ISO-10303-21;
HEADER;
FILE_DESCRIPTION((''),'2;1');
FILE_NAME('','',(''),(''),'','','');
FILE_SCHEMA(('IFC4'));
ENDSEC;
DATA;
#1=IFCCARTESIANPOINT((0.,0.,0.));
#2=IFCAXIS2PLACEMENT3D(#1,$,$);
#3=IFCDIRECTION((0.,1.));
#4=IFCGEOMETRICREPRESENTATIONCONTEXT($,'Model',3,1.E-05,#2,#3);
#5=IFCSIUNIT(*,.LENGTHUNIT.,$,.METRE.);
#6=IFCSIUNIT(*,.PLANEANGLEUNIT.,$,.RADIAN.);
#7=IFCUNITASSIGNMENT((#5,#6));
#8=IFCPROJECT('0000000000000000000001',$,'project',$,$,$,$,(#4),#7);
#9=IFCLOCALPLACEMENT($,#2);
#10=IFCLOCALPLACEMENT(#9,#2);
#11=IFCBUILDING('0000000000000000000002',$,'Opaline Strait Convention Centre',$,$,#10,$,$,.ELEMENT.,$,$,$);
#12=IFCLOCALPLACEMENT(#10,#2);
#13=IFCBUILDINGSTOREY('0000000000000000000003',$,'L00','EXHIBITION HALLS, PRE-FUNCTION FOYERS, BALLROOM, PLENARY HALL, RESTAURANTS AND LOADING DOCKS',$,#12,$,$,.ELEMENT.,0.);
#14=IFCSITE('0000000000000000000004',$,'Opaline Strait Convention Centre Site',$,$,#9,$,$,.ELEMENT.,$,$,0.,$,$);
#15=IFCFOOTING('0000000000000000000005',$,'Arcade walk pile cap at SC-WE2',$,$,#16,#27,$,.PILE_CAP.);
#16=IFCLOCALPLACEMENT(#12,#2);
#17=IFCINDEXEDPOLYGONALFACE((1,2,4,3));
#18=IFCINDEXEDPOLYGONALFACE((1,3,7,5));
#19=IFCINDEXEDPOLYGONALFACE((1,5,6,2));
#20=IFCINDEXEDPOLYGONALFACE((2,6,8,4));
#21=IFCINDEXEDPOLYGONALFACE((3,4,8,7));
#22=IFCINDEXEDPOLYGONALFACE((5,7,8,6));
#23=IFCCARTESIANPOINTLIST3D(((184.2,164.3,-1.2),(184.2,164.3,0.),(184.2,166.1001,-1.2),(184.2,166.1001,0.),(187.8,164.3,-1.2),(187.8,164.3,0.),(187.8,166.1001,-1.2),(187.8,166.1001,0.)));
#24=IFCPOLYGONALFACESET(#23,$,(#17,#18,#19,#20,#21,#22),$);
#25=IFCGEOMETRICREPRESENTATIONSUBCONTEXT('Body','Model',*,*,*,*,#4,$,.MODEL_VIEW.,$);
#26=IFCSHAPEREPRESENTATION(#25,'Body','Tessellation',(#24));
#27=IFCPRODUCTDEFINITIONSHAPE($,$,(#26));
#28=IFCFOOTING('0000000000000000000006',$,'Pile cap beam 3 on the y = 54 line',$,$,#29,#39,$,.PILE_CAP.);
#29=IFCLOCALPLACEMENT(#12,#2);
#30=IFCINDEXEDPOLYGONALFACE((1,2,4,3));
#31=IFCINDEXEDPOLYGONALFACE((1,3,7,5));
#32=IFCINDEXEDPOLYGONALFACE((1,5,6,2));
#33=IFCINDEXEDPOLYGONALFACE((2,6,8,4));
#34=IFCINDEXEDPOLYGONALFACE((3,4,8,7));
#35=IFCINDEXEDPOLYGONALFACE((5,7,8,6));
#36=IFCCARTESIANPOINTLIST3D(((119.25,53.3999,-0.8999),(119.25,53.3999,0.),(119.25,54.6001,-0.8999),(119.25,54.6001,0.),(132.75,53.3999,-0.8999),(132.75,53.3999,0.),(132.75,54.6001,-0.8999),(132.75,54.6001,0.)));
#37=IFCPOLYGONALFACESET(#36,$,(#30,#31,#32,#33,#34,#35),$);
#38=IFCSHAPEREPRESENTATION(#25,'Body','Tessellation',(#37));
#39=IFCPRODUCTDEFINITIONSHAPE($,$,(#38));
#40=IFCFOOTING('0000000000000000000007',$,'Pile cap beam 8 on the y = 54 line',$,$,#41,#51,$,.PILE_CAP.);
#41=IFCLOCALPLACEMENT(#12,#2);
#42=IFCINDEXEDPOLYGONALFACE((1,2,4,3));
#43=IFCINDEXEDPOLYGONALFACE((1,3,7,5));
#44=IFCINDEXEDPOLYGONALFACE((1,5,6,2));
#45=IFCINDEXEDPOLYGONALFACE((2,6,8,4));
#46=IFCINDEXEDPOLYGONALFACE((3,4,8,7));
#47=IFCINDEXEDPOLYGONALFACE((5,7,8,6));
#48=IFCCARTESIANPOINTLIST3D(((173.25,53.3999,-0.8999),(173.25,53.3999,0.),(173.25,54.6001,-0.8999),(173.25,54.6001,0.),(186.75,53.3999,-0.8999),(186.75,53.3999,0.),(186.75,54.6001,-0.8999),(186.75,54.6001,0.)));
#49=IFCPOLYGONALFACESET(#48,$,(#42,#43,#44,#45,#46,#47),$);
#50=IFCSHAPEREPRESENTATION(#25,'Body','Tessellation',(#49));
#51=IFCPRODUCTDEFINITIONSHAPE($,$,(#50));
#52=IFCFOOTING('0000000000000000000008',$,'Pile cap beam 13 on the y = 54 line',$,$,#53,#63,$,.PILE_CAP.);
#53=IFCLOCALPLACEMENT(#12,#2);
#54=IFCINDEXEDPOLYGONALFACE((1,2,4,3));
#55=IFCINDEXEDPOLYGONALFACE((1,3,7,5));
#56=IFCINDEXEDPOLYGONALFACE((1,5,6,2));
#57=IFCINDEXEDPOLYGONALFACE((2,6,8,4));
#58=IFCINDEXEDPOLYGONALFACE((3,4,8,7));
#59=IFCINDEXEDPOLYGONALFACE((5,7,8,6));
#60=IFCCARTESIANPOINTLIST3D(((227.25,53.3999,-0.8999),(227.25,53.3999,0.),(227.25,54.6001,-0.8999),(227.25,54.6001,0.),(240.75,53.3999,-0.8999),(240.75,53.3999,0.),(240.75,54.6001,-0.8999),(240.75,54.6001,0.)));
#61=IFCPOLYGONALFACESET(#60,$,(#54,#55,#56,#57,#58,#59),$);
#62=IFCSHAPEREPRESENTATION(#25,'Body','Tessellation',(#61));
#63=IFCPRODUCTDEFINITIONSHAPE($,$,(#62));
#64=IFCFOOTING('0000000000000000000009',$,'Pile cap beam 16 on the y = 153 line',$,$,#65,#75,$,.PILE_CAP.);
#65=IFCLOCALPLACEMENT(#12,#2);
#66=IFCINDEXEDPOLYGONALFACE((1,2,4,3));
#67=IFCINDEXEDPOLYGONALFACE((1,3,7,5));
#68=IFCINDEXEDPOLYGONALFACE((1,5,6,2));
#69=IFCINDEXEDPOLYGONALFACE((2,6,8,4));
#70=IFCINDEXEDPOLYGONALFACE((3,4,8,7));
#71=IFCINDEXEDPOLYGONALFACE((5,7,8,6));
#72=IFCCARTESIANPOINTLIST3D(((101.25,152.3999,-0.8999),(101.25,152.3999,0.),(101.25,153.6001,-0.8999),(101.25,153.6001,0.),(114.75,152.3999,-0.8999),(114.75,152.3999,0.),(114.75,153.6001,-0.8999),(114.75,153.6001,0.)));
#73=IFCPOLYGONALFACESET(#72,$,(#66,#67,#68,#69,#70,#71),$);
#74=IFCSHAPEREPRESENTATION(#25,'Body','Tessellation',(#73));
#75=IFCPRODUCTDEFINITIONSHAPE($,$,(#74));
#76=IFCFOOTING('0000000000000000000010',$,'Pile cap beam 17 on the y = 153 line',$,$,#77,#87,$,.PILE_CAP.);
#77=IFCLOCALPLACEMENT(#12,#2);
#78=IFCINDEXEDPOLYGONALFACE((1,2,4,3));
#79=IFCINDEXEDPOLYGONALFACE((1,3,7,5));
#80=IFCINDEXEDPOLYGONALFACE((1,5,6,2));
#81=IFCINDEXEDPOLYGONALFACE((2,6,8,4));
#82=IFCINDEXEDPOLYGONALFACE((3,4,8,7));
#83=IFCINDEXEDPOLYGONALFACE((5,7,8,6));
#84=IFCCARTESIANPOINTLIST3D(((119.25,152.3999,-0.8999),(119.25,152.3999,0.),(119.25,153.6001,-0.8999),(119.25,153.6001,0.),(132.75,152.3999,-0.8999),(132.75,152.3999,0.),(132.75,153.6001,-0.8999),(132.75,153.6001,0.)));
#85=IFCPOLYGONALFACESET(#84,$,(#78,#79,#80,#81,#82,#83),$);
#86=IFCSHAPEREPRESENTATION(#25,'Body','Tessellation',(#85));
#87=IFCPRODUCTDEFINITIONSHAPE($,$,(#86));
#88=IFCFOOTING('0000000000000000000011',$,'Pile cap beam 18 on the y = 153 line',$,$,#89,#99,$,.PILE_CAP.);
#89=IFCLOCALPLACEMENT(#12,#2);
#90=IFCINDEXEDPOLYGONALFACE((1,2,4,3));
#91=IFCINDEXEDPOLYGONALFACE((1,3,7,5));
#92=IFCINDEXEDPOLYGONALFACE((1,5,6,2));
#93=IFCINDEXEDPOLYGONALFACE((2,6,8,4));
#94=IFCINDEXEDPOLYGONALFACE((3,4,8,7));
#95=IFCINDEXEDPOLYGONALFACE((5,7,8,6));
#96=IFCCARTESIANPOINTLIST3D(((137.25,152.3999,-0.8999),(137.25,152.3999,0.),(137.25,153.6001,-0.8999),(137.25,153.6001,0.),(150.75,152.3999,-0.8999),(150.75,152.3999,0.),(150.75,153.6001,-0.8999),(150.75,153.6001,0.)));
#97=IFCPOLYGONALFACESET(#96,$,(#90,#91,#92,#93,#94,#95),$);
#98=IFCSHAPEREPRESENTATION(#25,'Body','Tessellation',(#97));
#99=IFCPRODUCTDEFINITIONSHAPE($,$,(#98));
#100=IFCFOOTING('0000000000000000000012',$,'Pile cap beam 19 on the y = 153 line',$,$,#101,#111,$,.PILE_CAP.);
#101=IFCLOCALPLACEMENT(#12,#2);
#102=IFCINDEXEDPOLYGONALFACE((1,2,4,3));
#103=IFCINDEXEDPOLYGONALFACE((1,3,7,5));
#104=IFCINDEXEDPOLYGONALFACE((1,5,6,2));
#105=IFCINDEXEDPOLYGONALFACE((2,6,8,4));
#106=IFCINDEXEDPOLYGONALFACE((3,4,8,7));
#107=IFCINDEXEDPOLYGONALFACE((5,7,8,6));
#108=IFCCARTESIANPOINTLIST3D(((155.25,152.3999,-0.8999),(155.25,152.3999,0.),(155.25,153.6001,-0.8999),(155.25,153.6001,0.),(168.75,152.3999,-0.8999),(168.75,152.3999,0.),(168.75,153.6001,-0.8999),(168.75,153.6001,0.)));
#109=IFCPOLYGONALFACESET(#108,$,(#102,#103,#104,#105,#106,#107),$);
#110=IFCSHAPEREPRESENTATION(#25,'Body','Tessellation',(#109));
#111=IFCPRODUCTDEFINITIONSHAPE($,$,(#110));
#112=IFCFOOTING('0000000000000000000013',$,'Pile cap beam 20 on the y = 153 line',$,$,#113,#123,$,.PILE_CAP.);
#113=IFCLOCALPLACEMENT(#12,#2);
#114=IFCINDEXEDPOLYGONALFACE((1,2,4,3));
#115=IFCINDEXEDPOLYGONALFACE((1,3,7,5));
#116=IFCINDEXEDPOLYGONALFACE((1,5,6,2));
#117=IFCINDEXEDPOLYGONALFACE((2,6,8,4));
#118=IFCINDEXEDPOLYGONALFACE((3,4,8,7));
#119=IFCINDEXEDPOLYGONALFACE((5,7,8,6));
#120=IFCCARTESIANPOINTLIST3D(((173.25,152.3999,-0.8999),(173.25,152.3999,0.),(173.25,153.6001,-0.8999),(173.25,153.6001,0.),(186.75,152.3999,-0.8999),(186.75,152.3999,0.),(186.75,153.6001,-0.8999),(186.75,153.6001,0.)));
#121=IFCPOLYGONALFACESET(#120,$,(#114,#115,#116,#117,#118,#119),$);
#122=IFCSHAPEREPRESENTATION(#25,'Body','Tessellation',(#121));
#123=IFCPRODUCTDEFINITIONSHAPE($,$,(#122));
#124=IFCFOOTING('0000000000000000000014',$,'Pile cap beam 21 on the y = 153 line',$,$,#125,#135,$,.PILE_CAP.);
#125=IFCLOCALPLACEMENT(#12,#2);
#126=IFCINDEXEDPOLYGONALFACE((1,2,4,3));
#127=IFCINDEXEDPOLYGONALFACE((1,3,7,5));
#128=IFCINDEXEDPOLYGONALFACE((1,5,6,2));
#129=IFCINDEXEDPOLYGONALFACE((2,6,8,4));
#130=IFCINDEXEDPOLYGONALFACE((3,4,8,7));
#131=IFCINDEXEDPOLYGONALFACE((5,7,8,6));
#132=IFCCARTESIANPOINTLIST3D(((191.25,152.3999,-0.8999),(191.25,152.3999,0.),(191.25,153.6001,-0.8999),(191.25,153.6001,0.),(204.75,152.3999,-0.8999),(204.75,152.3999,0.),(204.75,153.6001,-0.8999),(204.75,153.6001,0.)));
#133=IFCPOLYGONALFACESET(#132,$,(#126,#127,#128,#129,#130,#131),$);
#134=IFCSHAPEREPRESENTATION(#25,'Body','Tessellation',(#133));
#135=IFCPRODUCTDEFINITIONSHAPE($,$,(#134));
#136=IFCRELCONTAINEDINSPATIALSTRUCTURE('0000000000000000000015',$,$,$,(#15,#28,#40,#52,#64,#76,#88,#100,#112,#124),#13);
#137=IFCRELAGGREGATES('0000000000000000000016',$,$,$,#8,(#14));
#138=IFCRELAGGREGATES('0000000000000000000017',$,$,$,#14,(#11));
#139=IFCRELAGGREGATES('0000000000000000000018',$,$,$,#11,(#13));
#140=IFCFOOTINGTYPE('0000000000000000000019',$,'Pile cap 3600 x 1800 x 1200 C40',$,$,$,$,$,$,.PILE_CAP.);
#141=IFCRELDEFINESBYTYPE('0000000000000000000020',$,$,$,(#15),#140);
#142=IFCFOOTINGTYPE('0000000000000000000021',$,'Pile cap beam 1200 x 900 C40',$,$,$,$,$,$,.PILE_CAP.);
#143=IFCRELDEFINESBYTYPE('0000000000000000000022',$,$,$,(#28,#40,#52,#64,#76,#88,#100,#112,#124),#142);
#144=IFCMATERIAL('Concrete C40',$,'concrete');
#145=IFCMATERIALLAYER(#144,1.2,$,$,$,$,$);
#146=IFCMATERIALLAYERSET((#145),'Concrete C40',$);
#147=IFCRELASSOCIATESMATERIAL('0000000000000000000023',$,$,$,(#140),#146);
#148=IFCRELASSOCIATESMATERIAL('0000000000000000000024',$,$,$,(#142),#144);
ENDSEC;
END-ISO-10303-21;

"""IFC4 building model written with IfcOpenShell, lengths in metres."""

from ifc_helpers import new_model, si_unit, direction, frame, origin, place, context, subcontext, project, spatial, polyline, outline, extrude, material, layer, layer_set, type_object, element, save


model = new_model("IFC4")

# Units and contexts
model_context = context("Model", 3, precision=1e-05, world=origin(), true_north=direction((0.0, 1.0)))
body_context = subcontext(model_context, "Body", "Model", "MODEL_VIEW")
ifc_project = project(units=[si_unit("LENGTHUNIT", "METRE"), si_unit("PLANEANGLEUNIT", "RADIAN")], contexts=[model_context])

# Site, building, storey
site_placement = place(None, origin())
site = spatial("IfcSite", under=ifc_project, at=site_placement, Name="Opaline Strait Convention Centre Site", CompositionType="ELEMENT", RefElevation=0.0)
building_placement = place(site_placement, origin())
building = spatial("IfcBuilding", under=site, at=building_placement, Name="Opaline Strait Convention Centre", CompositionType="ELEMENT")
storey_placement = place(building_placement, origin())
storey = spatial("IfcBuildingStorey", under=building, at=storey_placement, Name="L00", Description="EXHIBITION HALLS, PRE-FUNCTION FOYERS, BALLROOM, PLENARY HALL, RESTAURANTS AND LOADING DOCKS", CompositionType="ELEMENT", Elevation=0.0)

# Footings
ifc_material_1 = material(Name="Concrete C40", Category="concrete")
ifc_layer = layer(ifc_material_1, 1.2)
ifc_layer_set = layer_set([ifc_layer], Name="Concrete C40")
footing_type_1 = type_object("IfcFootingType", Name="Pile cap 3600 x 1800 x 1200 C40", PredefinedType="PILE_CAP", material=ifc_layer_set)
footing_1_placement = place(storey_placement, frame((0.0, 0.0, -1.2)))
element("IfcFooting", 1, at=footing_1_placement, inside=storey, type_object=footing_type_1, Name="Arcade walk pile cap at SC-WE2", PredefinedType="PILE_CAP", context=body_context, shape_type="SweptSolid", body=[
    extrude(outline(polyline([(184.2, 164.3), (187.8, 164.3), (187.8, 166.1001), (184.2, 166.1001), (184.2, 164.3)])), origin(), (0.0, 0.0, 1.0), 1.2),
])
footing_type_2 = type_object("IfcFootingType", Name="Pile cap beam 1200 x 900 C40", PredefinedType="PILE_CAP", material=ifc_material_1)
footing_2_placement = place(storey_placement, frame((0.0, 0.0, -0.8999)))
element("IfcFooting", 2, at=footing_2_placement, inside=storey, type_object=footing_type_2, Name="Pile cap beam 3 on the y = 54 line", PredefinedType="PILE_CAP", context=body_context, shape_type="SweptSolid", body=[
    extrude(outline(polyline([(119.25, 53.3999), (132.75, 53.3999), (132.75, 54.6001), (119.25, 54.6001), (119.25, 53.3999)])), origin(), (0.0, 0.0, 1.0), 0.8999),
])
footing_3_placement = place(storey_placement, frame((0.0, 0.0, -0.8999)))
element("IfcFooting", 3, at=footing_3_placement, inside=storey, type_object=footing_type_2, Name="Pile cap beam 8 on the y = 54 line", PredefinedType="PILE_CAP", context=body_context, shape_type="SweptSolid", body=[
    extrude(outline(polyline([(173.25, 53.3999), (186.75, 53.3999), (186.75, 54.6001), (173.25, 54.6001), (173.25, 53.3999)])), origin(), (0.0, 0.0, 1.0), 0.8999),
])
footing_4_placement = place(storey_placement, frame((0.0, 0.0, -0.8999)))
element("IfcFooting", 4, at=footing_4_placement, inside=storey, type_object=footing_type_2, Name="Pile cap beam 13 on the y = 54 line", PredefinedType="PILE_CAP", context=body_context, shape_type="SweptSolid", body=[
    extrude(outline(polyline([(227.25, 53.3999), (240.75, 53.3999), (240.75, 54.6001), (227.25, 54.6001), (227.25, 53.3999)])), origin(), (0.0, 0.0, 1.0), 0.8999),
])
footing_5_placement = place(storey_placement, frame((0.0, 0.0, -0.8999)))
element("IfcFooting", 5, at=footing_5_placement, inside=storey, type_object=footing_type_2, Name="Pile cap beam 16 on the y = 153 line", PredefinedType="PILE_CAP", context=body_context, shape_type="SweptSolid", body=[
    extrude(outline(polyline([(101.25, 152.3999), (114.75, 152.3999), (114.75, 153.6001), (101.25, 153.6001), (101.25, 152.3999)])), origin(), (0.0, 0.0, 1.0), 0.8999),
])
footing_6_placement = place(storey_placement, frame((0.0, 0.0, -0.8999)))
element("IfcFooting", 6, at=footing_6_placement, inside=storey, type_object=footing_type_2, Name="Pile cap beam 17 on the y = 153 line", PredefinedType="PILE_CAP", context=body_context, shape_type="SweptSolid", body=[
    extrude(outline(polyline([(119.25, 152.3999), (132.75, 152.3999), (132.75, 153.6001), (119.25, 153.6001), (119.25, 152.3999)])), origin(), (0.0, 0.0, 1.0), 0.8999),
])
footing_7_placement = place(storey_placement, frame((0.0, 0.0, -0.8999)))
element("IfcFooting", 7, at=footing_7_placement, inside=storey, type_object=footing_type_2, Name="Pile cap beam 18 on the y = 153 line", PredefinedType="PILE_CAP", context=body_context, shape_type="SweptSolid", body=[
    extrude(outline(polyline([(137.25, 152.3999), (150.75, 152.3999), (150.75, 153.6001), (137.25, 153.6001), (137.25, 152.3999)])), origin(), (0.0, 0.0, 1.0), 0.8999),
])
footing_8_placement = place(storey_placement, frame((0.0, 0.0, -0.8999)))
element("IfcFooting", 8, at=footing_8_placement, inside=storey, type_object=footing_type_2, Name="Pile cap beam 19 on the y = 153 line", PredefinedType="PILE_CAP", context=body_context, shape_type="SweptSolid", body=[
    extrude(outline(polyline([(155.25, 152.3999), (168.75, 152.3999), (168.75, 153.6001), (155.25, 153.6001), (155.25, 152.3999)])), origin(), (0.0, 0.0, 1.0), 0.8999),
])
footing_9_placement = place(storey_placement, frame((0.0, 0.0, -0.8999)))
element("IfcFooting", 9, at=footing_9_placement, inside=storey, type_object=footing_type_2, Name="Pile cap beam 20 on the y = 153 line", PredefinedType="PILE_CAP", context=body_context, shape_type="SweptSolid", body=[
    extrude(outline(polyline([(173.25, 152.3999), (186.75, 152.3999), (186.75, 153.6001), (173.25, 153.6001), (173.25, 152.3999)])), origin(), (0.0, 0.0, 1.0), 0.8999),
])
footing_10_placement = place(storey_placement, frame((0.0, 0.0, -0.8999)))
element("IfcFooting", 10, at=footing_10_placement, inside=storey, type_object=footing_type_2, Name="Pile cap beam 21 on the y = 153 line", PredefinedType="PILE_CAP", context=body_context, shape_type="SweptSolid", body=[
    extrude(outline(polyline([(191.25, 152.3999), (204.75, 152.3999), (204.75, 153.6001), (191.25, 153.6001), (191.25, 152.3999)])), origin(), (0.0, 0.0, 1.0), 0.8999),
])

save(model, "model.ifc")
